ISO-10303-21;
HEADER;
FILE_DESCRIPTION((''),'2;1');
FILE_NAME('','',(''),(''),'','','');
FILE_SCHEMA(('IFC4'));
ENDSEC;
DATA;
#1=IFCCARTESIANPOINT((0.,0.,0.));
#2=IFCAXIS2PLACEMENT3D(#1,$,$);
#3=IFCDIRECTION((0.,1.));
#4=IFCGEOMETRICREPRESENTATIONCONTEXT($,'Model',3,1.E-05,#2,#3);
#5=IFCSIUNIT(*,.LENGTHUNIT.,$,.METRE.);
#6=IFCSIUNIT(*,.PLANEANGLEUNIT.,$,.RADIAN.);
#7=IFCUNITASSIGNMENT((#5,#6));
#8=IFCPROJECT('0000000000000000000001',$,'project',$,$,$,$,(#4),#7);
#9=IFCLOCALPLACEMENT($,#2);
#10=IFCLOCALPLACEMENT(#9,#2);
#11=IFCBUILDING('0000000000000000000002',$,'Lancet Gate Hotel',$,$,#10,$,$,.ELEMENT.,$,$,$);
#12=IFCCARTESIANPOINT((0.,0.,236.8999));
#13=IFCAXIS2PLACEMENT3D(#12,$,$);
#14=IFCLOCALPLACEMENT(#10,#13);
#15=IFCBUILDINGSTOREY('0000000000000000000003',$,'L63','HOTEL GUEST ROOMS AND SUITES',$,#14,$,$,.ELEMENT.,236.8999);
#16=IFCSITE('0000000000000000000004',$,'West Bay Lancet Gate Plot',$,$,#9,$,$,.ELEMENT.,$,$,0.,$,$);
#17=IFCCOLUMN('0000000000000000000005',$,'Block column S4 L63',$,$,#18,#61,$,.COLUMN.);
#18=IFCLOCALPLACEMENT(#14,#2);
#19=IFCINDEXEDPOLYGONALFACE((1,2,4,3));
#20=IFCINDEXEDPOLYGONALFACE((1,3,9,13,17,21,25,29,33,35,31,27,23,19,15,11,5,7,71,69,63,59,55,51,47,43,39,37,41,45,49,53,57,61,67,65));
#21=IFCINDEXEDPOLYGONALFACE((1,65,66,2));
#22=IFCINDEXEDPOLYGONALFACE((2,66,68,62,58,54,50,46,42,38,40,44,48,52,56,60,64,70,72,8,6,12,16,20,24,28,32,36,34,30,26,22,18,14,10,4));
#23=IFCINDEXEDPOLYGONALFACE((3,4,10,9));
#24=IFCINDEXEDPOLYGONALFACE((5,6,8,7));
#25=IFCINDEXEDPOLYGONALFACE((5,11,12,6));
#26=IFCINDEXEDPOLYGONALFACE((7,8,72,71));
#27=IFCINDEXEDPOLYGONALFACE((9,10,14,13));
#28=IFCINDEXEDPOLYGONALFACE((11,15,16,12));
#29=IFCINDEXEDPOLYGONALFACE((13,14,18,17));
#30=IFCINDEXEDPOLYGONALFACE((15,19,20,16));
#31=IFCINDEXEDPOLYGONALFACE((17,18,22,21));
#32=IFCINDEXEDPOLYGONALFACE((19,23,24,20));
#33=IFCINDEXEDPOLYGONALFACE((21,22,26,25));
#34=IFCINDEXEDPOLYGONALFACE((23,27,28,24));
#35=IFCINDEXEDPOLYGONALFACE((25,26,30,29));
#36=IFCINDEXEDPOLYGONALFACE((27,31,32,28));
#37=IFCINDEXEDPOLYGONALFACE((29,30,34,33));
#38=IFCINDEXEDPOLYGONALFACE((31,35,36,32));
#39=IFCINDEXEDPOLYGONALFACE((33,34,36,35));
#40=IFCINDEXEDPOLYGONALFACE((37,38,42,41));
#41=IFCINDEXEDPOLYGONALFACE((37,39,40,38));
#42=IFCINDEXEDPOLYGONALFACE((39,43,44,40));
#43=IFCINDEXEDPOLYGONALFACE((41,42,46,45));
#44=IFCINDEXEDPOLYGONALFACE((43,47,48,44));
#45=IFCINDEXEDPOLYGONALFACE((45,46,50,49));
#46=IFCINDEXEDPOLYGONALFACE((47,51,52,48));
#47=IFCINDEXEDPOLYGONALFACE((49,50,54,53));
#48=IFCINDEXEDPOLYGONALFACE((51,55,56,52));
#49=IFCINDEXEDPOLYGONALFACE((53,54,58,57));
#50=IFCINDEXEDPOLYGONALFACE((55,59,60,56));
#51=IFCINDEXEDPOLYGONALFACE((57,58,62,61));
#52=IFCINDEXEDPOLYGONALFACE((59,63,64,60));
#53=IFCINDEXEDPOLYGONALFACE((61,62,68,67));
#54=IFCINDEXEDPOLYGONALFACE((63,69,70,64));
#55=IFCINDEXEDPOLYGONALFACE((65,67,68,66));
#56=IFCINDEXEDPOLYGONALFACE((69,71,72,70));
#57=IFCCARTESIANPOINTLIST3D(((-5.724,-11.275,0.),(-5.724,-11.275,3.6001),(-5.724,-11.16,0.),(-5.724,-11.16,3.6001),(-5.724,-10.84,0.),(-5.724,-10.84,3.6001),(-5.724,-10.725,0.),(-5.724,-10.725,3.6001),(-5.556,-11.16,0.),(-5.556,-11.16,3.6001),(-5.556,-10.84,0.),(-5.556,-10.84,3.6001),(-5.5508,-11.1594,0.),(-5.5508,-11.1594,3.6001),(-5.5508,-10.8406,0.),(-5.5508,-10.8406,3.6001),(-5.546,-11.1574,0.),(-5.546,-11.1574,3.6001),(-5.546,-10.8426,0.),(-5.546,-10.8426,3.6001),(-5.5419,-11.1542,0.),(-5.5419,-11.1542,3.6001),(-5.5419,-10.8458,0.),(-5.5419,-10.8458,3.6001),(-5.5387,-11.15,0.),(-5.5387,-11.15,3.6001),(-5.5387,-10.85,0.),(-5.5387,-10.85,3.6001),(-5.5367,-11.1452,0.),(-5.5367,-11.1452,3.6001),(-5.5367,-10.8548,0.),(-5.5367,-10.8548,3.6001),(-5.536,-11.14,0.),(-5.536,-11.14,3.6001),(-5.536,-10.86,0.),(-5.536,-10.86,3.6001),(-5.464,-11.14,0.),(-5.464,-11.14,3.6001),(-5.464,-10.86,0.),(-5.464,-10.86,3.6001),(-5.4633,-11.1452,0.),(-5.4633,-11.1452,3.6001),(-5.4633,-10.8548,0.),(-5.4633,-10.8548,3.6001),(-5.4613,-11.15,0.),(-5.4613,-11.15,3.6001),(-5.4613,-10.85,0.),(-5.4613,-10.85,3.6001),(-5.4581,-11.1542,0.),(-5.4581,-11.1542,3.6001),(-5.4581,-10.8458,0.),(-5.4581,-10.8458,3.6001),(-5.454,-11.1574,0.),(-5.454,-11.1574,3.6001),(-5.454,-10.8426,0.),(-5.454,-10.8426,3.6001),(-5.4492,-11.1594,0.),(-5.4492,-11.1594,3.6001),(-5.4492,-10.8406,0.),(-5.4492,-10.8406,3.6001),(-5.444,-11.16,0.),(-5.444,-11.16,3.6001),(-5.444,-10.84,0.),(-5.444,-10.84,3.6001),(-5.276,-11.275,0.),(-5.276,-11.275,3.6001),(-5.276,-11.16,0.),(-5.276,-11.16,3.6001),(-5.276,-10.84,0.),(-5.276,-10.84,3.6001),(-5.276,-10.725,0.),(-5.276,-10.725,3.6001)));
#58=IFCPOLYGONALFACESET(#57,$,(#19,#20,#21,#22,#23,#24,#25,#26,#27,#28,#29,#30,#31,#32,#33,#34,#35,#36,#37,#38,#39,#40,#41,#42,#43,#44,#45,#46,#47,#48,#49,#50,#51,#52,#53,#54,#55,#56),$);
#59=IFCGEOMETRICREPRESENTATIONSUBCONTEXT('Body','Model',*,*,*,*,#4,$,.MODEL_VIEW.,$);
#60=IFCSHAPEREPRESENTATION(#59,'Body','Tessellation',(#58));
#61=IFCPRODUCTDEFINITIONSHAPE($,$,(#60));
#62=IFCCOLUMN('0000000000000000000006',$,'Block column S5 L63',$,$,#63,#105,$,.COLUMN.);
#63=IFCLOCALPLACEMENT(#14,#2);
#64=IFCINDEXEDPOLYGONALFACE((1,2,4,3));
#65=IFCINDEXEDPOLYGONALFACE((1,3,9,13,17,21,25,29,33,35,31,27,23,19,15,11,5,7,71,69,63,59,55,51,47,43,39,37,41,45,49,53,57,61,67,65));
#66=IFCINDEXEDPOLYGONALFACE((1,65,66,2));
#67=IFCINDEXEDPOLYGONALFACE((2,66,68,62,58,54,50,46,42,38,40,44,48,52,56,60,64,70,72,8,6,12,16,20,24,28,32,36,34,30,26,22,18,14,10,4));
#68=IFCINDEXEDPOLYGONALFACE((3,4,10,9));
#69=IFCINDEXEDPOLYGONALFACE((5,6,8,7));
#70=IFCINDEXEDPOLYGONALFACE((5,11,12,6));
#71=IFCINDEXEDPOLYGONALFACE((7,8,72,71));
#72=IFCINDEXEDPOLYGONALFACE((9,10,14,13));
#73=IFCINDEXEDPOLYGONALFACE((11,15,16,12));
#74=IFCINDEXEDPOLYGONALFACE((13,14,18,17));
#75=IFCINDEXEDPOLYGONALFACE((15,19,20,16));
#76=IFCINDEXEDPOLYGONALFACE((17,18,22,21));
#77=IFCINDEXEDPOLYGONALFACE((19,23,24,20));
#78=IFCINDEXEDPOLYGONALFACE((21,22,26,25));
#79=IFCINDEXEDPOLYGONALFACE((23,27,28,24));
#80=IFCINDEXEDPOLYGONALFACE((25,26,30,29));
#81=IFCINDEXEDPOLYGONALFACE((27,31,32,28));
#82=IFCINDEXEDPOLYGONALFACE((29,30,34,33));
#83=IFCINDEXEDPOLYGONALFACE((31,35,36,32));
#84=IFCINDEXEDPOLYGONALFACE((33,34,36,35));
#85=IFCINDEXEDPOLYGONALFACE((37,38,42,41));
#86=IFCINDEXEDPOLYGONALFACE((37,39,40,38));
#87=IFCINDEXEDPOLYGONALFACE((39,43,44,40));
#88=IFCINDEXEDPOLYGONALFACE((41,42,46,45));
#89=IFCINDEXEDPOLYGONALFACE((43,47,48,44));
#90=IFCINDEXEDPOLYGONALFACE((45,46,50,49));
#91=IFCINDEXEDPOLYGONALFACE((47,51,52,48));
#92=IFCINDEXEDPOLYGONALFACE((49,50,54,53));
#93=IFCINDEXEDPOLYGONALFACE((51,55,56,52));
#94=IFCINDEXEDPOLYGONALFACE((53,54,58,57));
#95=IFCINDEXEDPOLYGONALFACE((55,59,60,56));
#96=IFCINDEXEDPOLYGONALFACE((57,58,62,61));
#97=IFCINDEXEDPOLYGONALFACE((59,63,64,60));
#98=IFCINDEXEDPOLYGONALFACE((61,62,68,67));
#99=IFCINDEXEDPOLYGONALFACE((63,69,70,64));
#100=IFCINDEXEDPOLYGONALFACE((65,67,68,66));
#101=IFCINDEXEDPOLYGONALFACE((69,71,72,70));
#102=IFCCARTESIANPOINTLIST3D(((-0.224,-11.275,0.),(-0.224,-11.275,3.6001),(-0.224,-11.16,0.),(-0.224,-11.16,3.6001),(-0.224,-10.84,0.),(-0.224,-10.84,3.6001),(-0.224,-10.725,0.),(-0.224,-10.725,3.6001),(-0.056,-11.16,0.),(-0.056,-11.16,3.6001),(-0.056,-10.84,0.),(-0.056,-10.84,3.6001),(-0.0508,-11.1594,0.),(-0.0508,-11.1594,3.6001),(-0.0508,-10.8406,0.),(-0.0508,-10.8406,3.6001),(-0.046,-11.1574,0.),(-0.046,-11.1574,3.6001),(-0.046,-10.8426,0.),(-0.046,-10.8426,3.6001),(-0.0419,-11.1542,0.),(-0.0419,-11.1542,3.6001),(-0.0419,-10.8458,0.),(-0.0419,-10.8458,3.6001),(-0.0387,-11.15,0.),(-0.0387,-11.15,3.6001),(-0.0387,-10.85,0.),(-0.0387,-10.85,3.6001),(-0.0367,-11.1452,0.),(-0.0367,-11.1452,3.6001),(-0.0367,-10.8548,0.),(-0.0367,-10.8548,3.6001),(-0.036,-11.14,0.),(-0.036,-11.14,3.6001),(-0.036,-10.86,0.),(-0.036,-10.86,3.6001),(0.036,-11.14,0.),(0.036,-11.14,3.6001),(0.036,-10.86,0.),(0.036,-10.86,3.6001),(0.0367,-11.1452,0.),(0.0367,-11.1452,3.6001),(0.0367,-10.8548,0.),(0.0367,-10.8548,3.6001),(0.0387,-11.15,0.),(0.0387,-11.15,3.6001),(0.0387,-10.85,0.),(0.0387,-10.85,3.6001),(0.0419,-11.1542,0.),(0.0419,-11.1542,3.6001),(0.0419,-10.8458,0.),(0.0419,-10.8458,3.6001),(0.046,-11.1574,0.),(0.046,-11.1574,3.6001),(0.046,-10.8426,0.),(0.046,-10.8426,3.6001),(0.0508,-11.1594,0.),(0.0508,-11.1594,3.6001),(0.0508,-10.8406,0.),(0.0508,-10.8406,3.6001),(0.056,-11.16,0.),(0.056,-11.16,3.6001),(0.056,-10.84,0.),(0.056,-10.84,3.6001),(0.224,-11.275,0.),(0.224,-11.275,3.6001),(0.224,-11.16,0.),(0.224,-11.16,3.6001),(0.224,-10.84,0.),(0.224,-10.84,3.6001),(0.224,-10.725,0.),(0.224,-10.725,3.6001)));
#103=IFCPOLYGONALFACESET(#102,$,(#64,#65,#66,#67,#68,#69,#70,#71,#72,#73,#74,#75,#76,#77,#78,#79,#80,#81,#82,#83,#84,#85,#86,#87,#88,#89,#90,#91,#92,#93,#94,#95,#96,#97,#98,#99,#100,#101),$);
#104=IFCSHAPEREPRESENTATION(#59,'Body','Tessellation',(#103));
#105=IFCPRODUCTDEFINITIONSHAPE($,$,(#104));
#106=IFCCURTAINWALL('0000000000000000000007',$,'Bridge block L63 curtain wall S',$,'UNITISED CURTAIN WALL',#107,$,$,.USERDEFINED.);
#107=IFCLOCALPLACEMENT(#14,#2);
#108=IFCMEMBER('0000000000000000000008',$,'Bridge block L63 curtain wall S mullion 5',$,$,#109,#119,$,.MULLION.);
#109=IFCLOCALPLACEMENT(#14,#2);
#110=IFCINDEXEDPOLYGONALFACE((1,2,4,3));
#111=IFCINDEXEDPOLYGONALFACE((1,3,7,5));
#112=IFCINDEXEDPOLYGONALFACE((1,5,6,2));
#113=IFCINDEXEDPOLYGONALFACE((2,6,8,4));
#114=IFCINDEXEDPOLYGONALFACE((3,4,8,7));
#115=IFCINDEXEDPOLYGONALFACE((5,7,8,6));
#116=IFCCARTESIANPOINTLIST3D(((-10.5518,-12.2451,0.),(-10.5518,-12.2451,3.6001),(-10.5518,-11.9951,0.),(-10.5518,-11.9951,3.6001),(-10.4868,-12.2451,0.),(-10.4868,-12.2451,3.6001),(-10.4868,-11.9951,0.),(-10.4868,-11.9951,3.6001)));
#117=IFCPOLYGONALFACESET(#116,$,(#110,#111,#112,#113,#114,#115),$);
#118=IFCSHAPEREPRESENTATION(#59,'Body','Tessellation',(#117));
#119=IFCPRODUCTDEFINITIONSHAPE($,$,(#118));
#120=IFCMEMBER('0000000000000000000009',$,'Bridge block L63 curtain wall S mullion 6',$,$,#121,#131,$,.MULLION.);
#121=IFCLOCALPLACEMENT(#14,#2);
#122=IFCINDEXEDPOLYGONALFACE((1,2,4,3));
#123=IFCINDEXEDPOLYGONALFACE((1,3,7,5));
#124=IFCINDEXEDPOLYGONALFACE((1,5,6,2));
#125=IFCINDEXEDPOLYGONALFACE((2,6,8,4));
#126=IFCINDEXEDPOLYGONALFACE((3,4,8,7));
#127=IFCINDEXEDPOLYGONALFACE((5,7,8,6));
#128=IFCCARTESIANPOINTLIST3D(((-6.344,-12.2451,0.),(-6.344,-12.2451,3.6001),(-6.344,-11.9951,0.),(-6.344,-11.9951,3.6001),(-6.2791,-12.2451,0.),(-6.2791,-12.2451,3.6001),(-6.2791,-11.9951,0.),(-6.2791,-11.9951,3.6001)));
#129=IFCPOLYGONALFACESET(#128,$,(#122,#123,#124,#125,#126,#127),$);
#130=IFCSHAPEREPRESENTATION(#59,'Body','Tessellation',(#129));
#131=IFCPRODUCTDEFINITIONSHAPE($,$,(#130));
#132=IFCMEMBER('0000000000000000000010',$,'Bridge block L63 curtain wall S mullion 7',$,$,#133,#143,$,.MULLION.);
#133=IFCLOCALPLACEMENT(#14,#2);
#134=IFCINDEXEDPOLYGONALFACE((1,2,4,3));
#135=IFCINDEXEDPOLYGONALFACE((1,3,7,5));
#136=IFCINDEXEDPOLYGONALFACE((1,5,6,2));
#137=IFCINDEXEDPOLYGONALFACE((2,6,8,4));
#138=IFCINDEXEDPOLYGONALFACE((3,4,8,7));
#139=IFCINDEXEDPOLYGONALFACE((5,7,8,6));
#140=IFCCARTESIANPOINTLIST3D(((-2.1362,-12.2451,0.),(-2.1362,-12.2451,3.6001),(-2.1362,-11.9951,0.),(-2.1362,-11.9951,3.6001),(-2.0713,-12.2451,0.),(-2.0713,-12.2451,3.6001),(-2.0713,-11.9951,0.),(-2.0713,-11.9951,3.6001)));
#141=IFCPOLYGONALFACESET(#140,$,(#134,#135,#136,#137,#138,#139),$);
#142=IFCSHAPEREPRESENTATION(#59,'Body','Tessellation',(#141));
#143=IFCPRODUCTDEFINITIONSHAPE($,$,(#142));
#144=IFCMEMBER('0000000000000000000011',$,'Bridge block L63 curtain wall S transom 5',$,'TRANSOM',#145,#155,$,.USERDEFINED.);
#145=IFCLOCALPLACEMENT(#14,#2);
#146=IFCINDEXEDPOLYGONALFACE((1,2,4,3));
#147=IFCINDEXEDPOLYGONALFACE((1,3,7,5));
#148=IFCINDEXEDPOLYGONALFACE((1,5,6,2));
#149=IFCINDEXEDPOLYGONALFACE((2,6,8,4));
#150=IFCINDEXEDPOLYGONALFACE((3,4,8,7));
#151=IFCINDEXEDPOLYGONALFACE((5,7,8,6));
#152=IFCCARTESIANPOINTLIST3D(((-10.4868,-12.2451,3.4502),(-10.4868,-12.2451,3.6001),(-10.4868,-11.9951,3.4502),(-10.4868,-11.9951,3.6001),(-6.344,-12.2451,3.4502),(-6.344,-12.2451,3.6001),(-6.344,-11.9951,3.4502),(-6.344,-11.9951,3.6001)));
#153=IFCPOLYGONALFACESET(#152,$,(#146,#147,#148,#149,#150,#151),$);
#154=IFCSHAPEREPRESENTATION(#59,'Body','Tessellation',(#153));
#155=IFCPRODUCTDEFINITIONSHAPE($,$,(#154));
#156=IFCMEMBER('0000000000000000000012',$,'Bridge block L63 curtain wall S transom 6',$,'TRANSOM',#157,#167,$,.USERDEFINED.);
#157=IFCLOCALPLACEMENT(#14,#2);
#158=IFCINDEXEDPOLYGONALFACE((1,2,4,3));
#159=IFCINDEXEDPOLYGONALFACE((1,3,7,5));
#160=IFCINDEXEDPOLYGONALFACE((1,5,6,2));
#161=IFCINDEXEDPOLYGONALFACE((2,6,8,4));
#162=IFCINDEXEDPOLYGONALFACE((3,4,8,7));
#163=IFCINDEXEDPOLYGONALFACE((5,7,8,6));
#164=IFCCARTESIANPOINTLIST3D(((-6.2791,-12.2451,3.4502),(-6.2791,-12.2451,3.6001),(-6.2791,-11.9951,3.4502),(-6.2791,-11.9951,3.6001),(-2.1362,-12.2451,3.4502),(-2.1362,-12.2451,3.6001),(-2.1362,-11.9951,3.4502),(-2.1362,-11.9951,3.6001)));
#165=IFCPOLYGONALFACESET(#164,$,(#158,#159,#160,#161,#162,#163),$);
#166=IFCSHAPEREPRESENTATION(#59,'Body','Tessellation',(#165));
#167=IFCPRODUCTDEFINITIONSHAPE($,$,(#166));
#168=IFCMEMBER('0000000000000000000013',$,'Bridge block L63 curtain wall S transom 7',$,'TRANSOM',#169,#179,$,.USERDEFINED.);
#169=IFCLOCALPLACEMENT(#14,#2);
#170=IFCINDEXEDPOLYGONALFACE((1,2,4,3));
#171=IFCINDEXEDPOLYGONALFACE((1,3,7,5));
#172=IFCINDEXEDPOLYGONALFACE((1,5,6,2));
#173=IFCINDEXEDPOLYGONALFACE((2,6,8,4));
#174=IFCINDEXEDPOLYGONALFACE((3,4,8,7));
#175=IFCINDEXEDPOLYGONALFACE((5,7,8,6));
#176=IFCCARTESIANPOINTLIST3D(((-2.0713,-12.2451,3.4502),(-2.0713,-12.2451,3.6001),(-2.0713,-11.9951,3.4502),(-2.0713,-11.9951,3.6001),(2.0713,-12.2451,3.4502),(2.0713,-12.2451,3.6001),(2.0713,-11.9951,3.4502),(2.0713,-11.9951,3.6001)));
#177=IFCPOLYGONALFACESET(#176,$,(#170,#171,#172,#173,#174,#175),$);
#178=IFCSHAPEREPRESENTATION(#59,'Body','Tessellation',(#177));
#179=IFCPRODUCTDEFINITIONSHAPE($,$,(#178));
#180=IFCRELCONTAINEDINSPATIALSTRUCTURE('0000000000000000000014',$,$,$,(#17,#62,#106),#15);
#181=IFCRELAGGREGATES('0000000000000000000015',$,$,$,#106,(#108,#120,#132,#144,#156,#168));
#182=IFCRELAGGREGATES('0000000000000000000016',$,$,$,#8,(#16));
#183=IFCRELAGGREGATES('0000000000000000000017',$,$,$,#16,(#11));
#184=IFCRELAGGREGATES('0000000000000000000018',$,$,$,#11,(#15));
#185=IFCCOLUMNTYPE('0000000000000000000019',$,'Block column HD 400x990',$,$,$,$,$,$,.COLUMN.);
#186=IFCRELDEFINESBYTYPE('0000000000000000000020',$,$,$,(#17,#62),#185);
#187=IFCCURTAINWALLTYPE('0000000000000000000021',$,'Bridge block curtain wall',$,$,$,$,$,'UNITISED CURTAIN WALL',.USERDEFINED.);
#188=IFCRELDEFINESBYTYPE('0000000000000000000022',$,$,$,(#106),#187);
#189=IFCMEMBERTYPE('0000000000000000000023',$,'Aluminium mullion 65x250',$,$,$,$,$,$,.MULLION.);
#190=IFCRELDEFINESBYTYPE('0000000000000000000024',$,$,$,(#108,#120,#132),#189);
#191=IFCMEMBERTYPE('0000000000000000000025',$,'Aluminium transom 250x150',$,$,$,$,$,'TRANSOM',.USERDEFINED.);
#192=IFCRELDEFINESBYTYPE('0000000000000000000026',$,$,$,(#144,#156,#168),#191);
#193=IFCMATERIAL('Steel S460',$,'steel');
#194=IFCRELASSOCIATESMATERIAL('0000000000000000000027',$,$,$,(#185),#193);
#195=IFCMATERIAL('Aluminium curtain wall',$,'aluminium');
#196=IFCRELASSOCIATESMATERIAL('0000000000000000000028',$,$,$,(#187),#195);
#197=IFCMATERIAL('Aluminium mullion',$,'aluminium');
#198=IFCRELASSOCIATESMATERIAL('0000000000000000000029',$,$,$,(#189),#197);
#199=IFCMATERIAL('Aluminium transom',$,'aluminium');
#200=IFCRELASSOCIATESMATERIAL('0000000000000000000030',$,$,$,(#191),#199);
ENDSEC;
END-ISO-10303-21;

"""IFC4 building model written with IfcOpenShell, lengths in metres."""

from ifc_helpers import new_model, si_unit, direction, frame, origin, origin_2d, place, context, subcontext, project, spatial, rectangle, i_section, extrude, material, material_profile, profile_set, type_object, element, aggregate, save


model = new_model("IFC4")

# Units and contexts
model_context = context("Model", 3, precision=1e-05, world=origin(), true_north=direction((0.0, 1.0)))
body_context = subcontext(model_context, "Body", "Model", "MODEL_VIEW")
ifc_project = project(units=[si_unit("LENGTHUNIT", "METRE"), si_unit("PLANEANGLEUNIT", "RADIAN")], contexts=[model_context])

# Site, building, storey
site_placement = place(None, origin())
site = spatial("IfcSite", under=ifc_project, at=site_placement, Name="West Bay Lancet Gate Plot", CompositionType="ELEMENT", RefElevation=0.0)
building_placement = place(site_placement, origin())
building = spatial("IfcBuilding", under=site, at=building_placement, Name="Lancet Gate Hotel", CompositionType="ELEMENT")
storey_placement = place(building_placement, frame((0.0, 0.0, 236.8999)))
storey = spatial("IfcBuildingStorey", under=building, at=storey_placement, Name="L63", Description="HOTEL GUEST ROOMS AND SUITES", CompositionType="ELEMENT", Elevation=236.8999)

# Columns
ifc_material_1 = material(Name="Steel S460", Category="steel")
ifc_material_profile_1 = material_profile(ifc_material_1, i_section(OverallWidth=0.448, OverallDepth=0.55, WebThickness=0.072, FlangeThickness=0.115, FilletRadius=0.02, at=origin_2d()), Name="HD 400x990")
ifc_profile_set_1 = profile_set([ifc_material_profile_1], Name="Steel S460")
column_type = type_object("IfcColumnType", Name="Block column HD 400x990", PredefinedType="COLUMN", material=ifc_profile_set_1)
for number, where, z_axis, x_axis, name in (
    (1, (-5.5, -11.0, 0.0), (0.0, 0.0, 1.0), (1.0, 0.0, 0.0), "Block column S4 L63"),
    (2, (0.0, -11.0, 0.0), (0.0, 0.0, 1.0), (1.0, 0.0, 0.0), "Block column S5 L63"),
):
    element("IfcColumn", number, at=place(storey_placement, frame(where, z_axis=z_axis, x_axis=x_axis)), inside=storey, type_object=column_type, Name=name, PredefinedType="COLUMN", context=body_context, shape_type="SweptSolid", body=[
        extrude(i_section(OverallWidth=0.448, OverallDepth=0.55, WebThickness=0.072, FlangeThickness=0.115, FilletRadius=0.02, at=origin_2d()), origin(), (0.0, 0.0, 1.0), 3.6001),
    ])

# Curtain wall, members
ifc_material_2 = material(Name="Aluminium curtain wall", Category="aluminium")
curtain_wall_type = type_object("IfcCurtainWallType", Name="Bridge block curtain wall", ElementType="UNITISED CURTAIN WALL", PredefinedType="USERDEFINED", material=ifc_material_2)
curtain_wall_placement = place(storey_placement, origin())
curtain_wall = element("IfcCurtainWall", 3, at=curtain_wall_placement, inside=storey, type_object=curtain_wall_type, Name="Bridge block L63 curtain wall S", ObjectType="UNITISED CURTAIN WALL", PredefinedType="USERDEFINED")
ifc_material_3 = material(Name="Aluminium mullion", Category="aluminium")
ifc_material_profile_2 = material_profile(ifc_material_3, rectangle(XDim=0.0649, YDim=0.25, at=origin_2d()), Name="MULLION 65x250")
ifc_profile_set_2 = profile_set([ifc_material_profile_2], Name="Aluminium mullion")
member_type_1 = type_object("IfcMemberType", Name="Aluminium mullion 65x250", PredefinedType="MULLION", material=ifc_profile_set_2)
member_1_placement = place(storey_placement, frame((-10.5193, -12.1201, 0.0), z_axis=(0.0, 0.0, 1.0), x_axis=(1.0, 0.0, 0.0)))
member_1 = element("IfcMember", 4, at=member_1_placement, type_object=member_type_1, Name="Bridge block L63 curtain wall S mullion 5", PredefinedType="MULLION", context=body_context, shape_type="SweptSolid", body=[
    extrude(rectangle(XDim=0.0649, YDim=0.25, at=origin_2d()), origin(), (0.0, 0.0, 1.0), 3.6001),
])
member_2_placement = place(storey_placement, frame((-6.3115, -12.1201, 0.0), z_axis=(0.0, 0.0, 1.0), x_axis=(1.0, 0.0, 0.0)))
member_2 = element("IfcMember", 5, at=member_2_placement, type_object=member_type_1, Name="Bridge block L63 curtain wall S mullion 6", PredefinedType="MULLION", context=body_context, shape_type="SweptSolid", body=[
    extrude(rectangle(XDim=0.0649, YDim=0.25, at=origin_2d()), origin(), (0.0, 0.0, 1.0), 3.6001),
])
member_3_placement = place(storey_placement, frame((-2.1038, -12.1201, 0.0), z_axis=(0.0, 0.0, 1.0), x_axis=(1.0, 0.0, 0.0)))
member_3 = element("IfcMember", 6, at=member_3_placement, type_object=member_type_1, Name="Bridge block L63 curtain wall S mullion 7", PredefinedType="MULLION", context=body_context, shape_type="SweptSolid", body=[
    extrude(rectangle(XDim=0.0649, YDim=0.25, at=origin_2d()), origin(), (0.0, 0.0, 1.0), 3.6001),
])
ifc_material_4 = material(Name="Aluminium transom", Category="aluminium")
ifc_material_profile_3 = material_profile(ifc_material_4, rectangle(XDim=0.25, YDim=0.1499, at=origin_2d()), Name="TRANSOM 250x150")
ifc_profile_set_3 = profile_set([ifc_material_profile_3], Name="Aluminium transom")
member_type_2 = type_object("IfcMemberType", Name="Aluminium transom 250x150", ElementType="TRANSOM", PredefinedType="USERDEFINED", material=ifc_profile_set_3)
member_4_placement = place(storey_placement, frame((-10.4868, -12.1201, 3.5251), z_axis=(1.0, 0.0, 0.0), x_axis=(0.0, 1.0, 0.0)))
member_4 = element("IfcMember", 7, at=member_4_placement, type_object=member_type_2, Name="Bridge block L63 curtain wall S transom 5", ObjectType="TRANSOM", PredefinedType="USERDEFINED", context=body_context, shape_type="SweptSolid", body=[
    extrude(rectangle(XDim=0.25, YDim=0.1499, at=origin_2d()), origin(), (0.0, 0.0, 1.0), 4.1428),
])
member_5_placement = place(storey_placement, frame((-6.2791, -12.1201, 3.5251), z_axis=(1.0, 0.0, 0.0), x_axis=(0.0, 1.0, 0.0)))
member_5 = element("IfcMember", 8, at=member_5_placement, type_object=member_type_2, Name="Bridge block L63 curtain wall S transom 6", ObjectType="TRANSOM", PredefinedType="USERDEFINED", context=body_context, shape_type="SweptSolid", body=[
    extrude(rectangle(XDim=0.25, YDim=0.1499, at=origin_2d()), origin(), (0.0, 0.0, 1.0), 4.1428),
])
member_6_placement = place(storey_placement, frame((-2.0713, -12.1201, 3.5251), z_axis=(1.0, 0.0, 0.0), x_axis=(0.0, 1.0, 0.0)))
member_6 = element("IfcMember", 9, at=member_6_placement, type_object=member_type_2, Name="Bridge block L63 curtain wall S transom 7", ObjectType="TRANSOM", PredefinedType="USERDEFINED", context=body_context, shape_type="SweptSolid", body=[
    extrude(rectangle(XDim=0.25, YDim=0.1499, at=origin_2d()), origin(), (0.0, 0.0, 1.0), 4.1426),
])

aggregate(curtain_wall, [member_1, member_2, member_3, member_4, member_5, member_6])

save(model, "model.ifc")
